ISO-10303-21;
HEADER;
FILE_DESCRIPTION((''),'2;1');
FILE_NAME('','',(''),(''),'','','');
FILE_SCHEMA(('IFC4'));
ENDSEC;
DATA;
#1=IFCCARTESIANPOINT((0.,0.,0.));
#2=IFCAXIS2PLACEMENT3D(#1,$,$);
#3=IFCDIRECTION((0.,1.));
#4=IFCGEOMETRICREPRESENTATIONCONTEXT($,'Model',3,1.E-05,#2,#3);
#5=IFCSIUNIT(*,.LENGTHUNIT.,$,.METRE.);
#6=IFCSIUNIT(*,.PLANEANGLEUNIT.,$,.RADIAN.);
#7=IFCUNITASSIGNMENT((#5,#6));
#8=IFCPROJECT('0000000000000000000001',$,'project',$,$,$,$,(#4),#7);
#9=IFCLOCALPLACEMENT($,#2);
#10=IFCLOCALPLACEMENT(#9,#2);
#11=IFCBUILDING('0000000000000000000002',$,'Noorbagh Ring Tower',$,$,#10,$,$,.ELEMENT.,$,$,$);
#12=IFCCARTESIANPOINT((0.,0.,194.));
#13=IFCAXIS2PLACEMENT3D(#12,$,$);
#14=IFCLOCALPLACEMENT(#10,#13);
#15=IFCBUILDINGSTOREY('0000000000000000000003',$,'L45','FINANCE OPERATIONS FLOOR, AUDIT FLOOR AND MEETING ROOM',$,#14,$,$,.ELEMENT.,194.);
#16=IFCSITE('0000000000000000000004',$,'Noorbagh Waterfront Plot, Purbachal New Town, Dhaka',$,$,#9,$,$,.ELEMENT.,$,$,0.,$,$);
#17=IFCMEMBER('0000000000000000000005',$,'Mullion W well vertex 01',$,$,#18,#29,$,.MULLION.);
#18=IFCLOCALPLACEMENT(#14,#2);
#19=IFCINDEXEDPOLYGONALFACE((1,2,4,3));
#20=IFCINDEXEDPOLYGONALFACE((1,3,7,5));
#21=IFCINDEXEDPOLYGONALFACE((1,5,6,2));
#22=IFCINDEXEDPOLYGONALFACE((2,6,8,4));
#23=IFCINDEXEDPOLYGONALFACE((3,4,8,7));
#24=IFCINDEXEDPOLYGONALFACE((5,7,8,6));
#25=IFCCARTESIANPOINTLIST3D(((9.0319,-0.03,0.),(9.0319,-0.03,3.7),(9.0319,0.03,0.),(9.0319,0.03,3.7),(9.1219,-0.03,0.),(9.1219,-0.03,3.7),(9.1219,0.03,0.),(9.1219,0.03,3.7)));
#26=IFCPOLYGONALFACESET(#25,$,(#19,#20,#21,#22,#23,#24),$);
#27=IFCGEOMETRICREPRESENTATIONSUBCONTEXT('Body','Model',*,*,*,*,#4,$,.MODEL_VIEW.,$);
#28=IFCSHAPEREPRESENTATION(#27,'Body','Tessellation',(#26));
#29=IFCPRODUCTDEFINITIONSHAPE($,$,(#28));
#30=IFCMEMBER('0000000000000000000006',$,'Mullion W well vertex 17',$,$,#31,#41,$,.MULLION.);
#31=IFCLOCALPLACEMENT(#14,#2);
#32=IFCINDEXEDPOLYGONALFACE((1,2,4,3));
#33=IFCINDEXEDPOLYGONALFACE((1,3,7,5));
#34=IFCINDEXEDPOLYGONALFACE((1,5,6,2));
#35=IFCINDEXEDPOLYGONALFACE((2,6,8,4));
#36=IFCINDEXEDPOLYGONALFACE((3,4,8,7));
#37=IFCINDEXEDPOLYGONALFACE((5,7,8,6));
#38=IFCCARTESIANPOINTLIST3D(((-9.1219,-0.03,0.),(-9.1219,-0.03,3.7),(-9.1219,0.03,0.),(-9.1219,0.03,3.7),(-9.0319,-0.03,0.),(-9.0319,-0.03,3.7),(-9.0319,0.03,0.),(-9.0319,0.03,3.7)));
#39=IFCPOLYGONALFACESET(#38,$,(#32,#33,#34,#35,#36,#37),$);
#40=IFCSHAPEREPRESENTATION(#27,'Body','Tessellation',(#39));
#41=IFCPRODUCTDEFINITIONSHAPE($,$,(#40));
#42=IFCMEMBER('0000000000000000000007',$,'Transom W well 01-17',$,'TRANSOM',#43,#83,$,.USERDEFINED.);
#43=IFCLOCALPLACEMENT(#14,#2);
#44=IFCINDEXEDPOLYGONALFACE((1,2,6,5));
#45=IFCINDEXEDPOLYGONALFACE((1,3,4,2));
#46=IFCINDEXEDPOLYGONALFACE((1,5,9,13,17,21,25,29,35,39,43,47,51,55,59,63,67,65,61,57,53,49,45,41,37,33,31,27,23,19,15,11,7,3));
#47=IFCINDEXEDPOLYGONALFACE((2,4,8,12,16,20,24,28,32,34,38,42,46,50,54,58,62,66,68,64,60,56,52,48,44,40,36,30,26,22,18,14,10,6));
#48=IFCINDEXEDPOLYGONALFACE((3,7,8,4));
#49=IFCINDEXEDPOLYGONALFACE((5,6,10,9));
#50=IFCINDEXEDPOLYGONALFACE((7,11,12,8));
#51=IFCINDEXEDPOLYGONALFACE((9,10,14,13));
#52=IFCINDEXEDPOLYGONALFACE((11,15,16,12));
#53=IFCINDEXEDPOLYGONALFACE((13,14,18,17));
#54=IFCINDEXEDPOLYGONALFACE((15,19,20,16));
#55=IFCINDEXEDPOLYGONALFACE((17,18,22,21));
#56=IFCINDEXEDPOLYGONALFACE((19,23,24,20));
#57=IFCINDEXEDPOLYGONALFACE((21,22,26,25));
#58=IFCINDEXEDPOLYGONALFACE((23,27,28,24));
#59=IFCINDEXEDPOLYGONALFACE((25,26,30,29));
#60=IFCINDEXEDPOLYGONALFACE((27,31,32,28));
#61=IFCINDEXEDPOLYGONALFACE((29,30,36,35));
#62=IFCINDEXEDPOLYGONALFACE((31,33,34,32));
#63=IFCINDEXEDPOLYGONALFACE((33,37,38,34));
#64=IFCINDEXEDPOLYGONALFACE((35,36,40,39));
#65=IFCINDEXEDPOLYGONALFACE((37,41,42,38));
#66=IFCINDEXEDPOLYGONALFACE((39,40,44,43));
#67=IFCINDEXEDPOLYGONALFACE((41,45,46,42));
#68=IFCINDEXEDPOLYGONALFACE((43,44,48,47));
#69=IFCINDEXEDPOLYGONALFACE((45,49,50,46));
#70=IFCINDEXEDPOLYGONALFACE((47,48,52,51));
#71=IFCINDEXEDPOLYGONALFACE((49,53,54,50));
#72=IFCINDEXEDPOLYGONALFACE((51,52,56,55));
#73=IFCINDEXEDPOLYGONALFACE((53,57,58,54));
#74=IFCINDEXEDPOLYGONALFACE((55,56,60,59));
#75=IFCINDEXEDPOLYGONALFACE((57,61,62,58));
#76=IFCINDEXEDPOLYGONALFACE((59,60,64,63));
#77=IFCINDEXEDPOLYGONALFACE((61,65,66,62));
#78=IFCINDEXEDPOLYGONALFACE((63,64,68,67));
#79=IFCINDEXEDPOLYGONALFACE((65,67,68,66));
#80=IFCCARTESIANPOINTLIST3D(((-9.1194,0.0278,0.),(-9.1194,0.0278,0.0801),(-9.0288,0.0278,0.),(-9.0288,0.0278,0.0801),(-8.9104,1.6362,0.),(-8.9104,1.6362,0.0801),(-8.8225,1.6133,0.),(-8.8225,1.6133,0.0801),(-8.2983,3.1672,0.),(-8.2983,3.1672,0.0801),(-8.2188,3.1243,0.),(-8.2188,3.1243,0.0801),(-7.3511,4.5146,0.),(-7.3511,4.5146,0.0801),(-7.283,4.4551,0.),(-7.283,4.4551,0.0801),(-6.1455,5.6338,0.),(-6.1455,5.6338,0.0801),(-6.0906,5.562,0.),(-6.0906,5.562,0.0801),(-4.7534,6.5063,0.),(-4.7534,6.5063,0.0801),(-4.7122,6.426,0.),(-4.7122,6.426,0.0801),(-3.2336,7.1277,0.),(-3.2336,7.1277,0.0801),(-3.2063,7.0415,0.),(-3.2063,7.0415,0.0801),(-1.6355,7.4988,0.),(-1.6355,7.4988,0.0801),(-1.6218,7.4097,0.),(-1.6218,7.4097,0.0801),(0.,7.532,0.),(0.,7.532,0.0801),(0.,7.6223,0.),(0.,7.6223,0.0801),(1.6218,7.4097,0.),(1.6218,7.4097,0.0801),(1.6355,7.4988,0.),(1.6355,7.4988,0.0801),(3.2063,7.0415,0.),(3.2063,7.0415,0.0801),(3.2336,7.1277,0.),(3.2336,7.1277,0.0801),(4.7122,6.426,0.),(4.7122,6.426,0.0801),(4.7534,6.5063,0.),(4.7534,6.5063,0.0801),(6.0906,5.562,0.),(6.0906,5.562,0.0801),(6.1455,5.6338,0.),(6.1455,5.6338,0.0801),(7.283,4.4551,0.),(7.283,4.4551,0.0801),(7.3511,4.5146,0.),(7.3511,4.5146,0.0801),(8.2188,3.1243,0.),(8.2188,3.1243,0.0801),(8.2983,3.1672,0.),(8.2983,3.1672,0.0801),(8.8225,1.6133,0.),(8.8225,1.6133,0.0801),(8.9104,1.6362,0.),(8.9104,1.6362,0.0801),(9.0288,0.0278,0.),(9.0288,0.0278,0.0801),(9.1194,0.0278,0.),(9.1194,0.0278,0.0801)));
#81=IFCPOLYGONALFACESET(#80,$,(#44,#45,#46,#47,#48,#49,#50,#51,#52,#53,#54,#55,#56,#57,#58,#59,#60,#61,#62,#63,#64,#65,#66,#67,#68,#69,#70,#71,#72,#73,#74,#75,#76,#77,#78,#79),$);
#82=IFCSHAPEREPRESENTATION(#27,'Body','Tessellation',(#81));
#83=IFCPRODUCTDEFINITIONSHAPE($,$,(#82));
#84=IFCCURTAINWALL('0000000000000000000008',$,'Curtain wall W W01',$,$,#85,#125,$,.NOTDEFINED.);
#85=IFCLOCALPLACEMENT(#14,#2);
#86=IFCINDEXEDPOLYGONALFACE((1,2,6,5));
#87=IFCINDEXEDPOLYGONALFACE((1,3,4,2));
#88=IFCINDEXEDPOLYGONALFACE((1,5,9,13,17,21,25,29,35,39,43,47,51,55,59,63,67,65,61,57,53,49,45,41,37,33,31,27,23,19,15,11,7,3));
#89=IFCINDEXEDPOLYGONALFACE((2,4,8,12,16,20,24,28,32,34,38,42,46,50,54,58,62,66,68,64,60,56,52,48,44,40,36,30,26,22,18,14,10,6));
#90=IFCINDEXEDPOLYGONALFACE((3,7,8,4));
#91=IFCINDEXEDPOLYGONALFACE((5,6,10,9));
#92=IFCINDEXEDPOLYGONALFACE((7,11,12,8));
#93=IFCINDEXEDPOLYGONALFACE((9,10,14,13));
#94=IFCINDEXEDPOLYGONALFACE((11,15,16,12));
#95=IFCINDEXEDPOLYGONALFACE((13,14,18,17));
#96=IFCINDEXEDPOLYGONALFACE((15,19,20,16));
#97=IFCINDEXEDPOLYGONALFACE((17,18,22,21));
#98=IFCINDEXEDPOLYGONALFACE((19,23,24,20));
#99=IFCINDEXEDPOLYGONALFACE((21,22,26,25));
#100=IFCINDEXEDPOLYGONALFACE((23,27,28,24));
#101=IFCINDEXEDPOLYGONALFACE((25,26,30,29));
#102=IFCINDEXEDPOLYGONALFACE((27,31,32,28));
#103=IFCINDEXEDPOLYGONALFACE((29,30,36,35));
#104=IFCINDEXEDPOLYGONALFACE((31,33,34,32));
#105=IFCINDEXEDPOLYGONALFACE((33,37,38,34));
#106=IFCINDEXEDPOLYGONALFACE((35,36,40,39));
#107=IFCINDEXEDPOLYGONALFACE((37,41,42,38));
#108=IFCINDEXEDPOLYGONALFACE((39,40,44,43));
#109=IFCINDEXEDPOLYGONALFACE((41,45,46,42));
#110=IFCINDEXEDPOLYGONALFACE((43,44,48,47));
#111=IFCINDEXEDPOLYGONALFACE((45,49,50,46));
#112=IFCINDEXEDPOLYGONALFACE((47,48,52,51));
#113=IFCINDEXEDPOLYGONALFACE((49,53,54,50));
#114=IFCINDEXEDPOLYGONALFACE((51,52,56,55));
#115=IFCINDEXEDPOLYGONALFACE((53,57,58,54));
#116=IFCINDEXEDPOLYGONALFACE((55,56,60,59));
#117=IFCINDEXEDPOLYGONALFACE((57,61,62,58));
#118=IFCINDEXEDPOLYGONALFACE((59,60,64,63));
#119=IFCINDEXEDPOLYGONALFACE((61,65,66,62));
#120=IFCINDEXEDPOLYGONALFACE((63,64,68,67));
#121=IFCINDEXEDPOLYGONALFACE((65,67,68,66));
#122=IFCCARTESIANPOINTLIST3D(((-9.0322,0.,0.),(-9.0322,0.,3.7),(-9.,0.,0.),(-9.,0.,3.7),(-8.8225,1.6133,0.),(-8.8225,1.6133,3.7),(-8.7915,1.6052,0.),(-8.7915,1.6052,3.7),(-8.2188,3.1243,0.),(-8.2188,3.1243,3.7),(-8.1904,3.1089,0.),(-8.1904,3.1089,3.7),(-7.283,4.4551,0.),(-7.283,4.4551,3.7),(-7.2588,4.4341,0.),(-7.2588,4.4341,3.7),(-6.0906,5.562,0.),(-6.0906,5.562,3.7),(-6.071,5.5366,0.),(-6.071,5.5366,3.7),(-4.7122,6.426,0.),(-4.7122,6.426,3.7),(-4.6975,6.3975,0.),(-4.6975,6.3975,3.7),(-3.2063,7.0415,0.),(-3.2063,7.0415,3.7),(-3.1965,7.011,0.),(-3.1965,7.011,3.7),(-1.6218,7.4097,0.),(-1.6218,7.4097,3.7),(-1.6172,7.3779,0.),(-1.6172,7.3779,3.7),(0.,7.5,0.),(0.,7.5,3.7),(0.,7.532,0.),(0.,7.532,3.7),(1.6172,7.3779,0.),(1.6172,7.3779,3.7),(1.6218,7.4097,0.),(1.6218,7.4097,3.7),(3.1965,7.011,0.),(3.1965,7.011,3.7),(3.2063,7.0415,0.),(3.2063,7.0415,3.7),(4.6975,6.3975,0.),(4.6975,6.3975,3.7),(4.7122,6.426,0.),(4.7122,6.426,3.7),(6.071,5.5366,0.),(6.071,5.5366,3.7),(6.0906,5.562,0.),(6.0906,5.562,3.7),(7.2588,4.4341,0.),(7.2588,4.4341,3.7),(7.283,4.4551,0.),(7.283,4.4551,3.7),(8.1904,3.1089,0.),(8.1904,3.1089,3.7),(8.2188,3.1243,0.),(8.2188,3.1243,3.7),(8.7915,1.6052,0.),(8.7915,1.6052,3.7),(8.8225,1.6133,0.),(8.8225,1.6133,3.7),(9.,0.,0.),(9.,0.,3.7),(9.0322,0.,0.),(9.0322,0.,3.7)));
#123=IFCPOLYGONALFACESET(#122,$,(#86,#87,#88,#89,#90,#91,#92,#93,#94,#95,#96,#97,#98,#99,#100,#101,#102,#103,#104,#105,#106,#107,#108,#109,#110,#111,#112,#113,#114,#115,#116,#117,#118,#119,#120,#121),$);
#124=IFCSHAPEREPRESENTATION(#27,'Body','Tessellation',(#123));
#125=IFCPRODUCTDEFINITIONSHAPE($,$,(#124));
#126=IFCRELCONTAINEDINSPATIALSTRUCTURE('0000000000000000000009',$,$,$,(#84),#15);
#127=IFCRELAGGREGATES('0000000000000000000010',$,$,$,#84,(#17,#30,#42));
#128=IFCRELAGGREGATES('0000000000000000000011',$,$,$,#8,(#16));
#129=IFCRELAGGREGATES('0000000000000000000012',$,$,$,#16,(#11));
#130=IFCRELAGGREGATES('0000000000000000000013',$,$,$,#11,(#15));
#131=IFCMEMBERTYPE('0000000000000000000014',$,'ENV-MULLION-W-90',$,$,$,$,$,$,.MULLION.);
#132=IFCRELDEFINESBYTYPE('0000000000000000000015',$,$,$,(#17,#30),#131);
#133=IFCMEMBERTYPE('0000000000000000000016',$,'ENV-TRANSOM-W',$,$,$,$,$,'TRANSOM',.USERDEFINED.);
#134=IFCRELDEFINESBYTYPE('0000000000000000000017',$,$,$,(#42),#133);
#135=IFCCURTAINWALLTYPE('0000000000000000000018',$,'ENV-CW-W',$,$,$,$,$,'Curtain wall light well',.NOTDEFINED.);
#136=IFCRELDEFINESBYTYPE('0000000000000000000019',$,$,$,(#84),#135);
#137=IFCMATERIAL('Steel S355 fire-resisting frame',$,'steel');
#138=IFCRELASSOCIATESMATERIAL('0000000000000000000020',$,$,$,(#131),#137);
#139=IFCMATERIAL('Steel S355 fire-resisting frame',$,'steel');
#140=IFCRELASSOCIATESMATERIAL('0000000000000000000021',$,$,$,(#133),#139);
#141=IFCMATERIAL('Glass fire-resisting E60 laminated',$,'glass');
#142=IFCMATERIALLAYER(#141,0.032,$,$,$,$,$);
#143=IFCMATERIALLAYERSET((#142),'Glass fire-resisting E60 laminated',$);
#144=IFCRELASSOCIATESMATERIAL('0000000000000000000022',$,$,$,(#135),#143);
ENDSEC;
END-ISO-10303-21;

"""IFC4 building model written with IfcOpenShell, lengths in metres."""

from ifc_helpers import new_model, si_unit, direction, frame, origin, origin_2d, place, context, subcontext, project, spatial, polyline, rectangle, outline, extrude, material, layer, layer_set, material_profile, profile_set, type_object, element, aggregate, save


model = new_model("IFC4")

# Units and contexts
model_context = context("Model", 3, precision=1e-05, world=origin(), true_north=direction((0.0, 1.0)))
body_context = subcontext(model_context, "Body", "Model", "MODEL_VIEW")
ifc_project = project(units=[si_unit("LENGTHUNIT", "METRE"), si_unit("PLANEANGLEUNIT", "RADIAN")], contexts=[model_context])

# Site, building, storey
site_placement = place(None, origin())
site = spatial("IfcSite", under=ifc_project, at=site_placement, Name="Noorbagh Waterfront Plot, Purbachal New Town, Dhaka", CompositionType="ELEMENT", RefElevation=0.0)
building_placement = place(site_placement, origin())
building = spatial("IfcBuilding", under=site, at=building_placement, Name="Noorbagh Ring Tower", CompositionType="ELEMENT")
storey_placement = place(building_placement, frame((0.0, 0.0, 194.0)))
storey = spatial("IfcBuildingStorey", under=building, at=storey_placement, Name="L45", Description="FINANCE OPERATIONS FLOOR, AUDIT FLOOR AND MEETING ROOM", CompositionType="ELEMENT", Elevation=194.0)

# Members
ifc_material_1 = material(Name="Steel S355 fire-resisting frame", Category="steel")
ifc_material_profile_1 = material_profile(ifc_material_1, rectangle(XDim=0.0901, YDim=0.0601, at=origin_2d()), Name="90x60")
ifc_profile_set_1 = profile_set([ifc_material_profile_1], Name="Steel S355 fire-resisting frame")
member_type_1 = type_object("IfcMemberType", Name="ENV-MULLION-W-90", PredefinedType="MULLION", material=ifc_profile_set_1)
member_1_placement = place(storey_placement, frame((9.0769, 0.0, 0.0), z_axis=(0.0, 0.0, 1.0), x_axis=(1.0, 0.0, 0.0)))
member_1 = element("IfcMember", 1, at=member_1_placement, type_object=member_type_1, Name="Mullion W well vertex 01", PredefinedType="MULLION", context=body_context, shape_type="SweptSolid", body=[
    extrude(rectangle(XDim=0.0901, YDim=0.0601, at=origin_2d()), origin(), (0.0, 0.0, 1.0), 3.7),
])
member_2_placement = place(storey_placement, frame((-9.0769, 0.0, 0.0), z_axis=(0.0, 0.0, 1.0), x_axis=(-1.0, 0.0, 0.0)))
member_2 = element("IfcMember", 2, at=member_2_placement, type_object=member_type_1, Name="Mullion W well vertex 17", PredefinedType="MULLION", context=body_context, shape_type="SweptSolid", body=[
    extrude(rectangle(XDim=0.0901, YDim=0.0601, at=origin_2d()), origin(), (0.0, 0.0, 1.0), 3.7),
])
ifc_material_2 = material(Name="Steel S355 fire-resisting frame", Category="steel")
member_type_2 = type_object("IfcMemberType", Name="ENV-TRANSOM-W", ElementType="TRANSOM", PredefinedType="USERDEFINED", material=ifc_material_2)
member_3_placement = place(storey_placement, origin())
member_3 = element("IfcMember", 3, at=member_3_placement, type_object=member_type_2, Name="Transom W well 01-17", ObjectType="TRANSOM", PredefinedType="USERDEFINED", context=body_context, shape_type="SweptSolid", body=[
    extrude(outline(polyline([(9.1194, 0.0278), (8.9104, 1.6362), (8.2983, 3.1672), (7.3511, 4.5146), (6.1455, 5.6338), (4.7534, 6.5063), (3.2336, 7.1277), (1.6355, 7.4988), (0.0, 7.6223), (-1.6355, 7.4988), (-3.2336, 7.1277), (-4.7534, 6.5063), (-6.1455, 5.6338), (-7.3511, 4.5146), (-8.2983, 3.1672), (-8.9104, 1.6362), (-9.1194, 0.0278), (-9.0288, 0.0278), (-8.8225, 1.6133), (-8.2188, 3.1243), (-7.283, 4.4551), (-6.0906, 5.562), (-4.7122, 6.426), (-3.2063, 7.0415), (-1.6218, 7.4097), (0.0, 7.532), (1.6218, 7.4097), (3.2063, 7.0415), (4.7122, 6.426), (6.0906, 5.562), (7.283, 4.4551), (8.2188, 3.1243), (8.8225, 1.6133), (9.0288, 0.0278), (9.1194, 0.0278)])), origin(), (0.0, 0.0, 1.0), 0.0801),
])

# Curtain wall
ifc_material_3 = material(Name="Glass fire-resisting E60 laminated", Category="glass")
ifc_layer_1 = layer(ifc_material_3, 0.032)
ifc_layer_set_1 = layer_set([ifc_layer_1], Name="Glass fire-resisting E60 laminated")
curtain_wall_type_1 = type_object("IfcCurtainWallType", Name="ENV-CW-W", ElementType="Curtain wall light well", PredefinedType="NOTDEFINED", material=ifc_layer_set_1)
curtain_wall_1_placement = place(storey_placement, origin())
curtain_wall_1 = element("IfcCurtainWall", 4, at=curtain_wall_1_placement, inside=storey, type_object=curtain_wall_type_1, Name="Curtain wall W W01", PredefinedType="NOTDEFINED", context=body_context, shape_type="SweptSolid", body=[
    extrude(outline(polyline([(9.0322, 0.0), (8.8225, 1.6133), (8.2188, 3.1243), (7.283, 4.4551), (6.0906, 5.562), (4.7122, 6.426), (3.2063, 7.0415), (1.6218, 7.4097), (0.0, 7.532), (-1.6218, 7.4097), (-3.2063, 7.0415), (-4.7122, 6.426), (-6.0906, 5.562), (-7.283, 4.4551), (-8.2188, 3.1243), (-8.8225, 1.6133), (-9.0322, 0.0), (-9.0, 0.0), (-8.7915, 1.6052), (-8.1904, 3.1089), (-7.2588, 4.4341), (-6.071, 5.5366), (-4.6975, 6.3975), (-3.1965, 7.011), (-1.6172, 7.3779), (0.0, 7.5), (1.6172, 7.3779), (3.1965, 7.011), (4.6975, 6.3975), (6.071, 5.5366), (7.2588, 4.4341), (8.1904, 3.1089), (8.7915, 1.6052), (9.0, 0.0), (9.0322, 0.0)])), origin(), (0.0, 0.0, 1.0), 3.7),
])
aggregate(curtain_wall_1, [member_1, member_2, member_3])

save(model, "model.ifc")
